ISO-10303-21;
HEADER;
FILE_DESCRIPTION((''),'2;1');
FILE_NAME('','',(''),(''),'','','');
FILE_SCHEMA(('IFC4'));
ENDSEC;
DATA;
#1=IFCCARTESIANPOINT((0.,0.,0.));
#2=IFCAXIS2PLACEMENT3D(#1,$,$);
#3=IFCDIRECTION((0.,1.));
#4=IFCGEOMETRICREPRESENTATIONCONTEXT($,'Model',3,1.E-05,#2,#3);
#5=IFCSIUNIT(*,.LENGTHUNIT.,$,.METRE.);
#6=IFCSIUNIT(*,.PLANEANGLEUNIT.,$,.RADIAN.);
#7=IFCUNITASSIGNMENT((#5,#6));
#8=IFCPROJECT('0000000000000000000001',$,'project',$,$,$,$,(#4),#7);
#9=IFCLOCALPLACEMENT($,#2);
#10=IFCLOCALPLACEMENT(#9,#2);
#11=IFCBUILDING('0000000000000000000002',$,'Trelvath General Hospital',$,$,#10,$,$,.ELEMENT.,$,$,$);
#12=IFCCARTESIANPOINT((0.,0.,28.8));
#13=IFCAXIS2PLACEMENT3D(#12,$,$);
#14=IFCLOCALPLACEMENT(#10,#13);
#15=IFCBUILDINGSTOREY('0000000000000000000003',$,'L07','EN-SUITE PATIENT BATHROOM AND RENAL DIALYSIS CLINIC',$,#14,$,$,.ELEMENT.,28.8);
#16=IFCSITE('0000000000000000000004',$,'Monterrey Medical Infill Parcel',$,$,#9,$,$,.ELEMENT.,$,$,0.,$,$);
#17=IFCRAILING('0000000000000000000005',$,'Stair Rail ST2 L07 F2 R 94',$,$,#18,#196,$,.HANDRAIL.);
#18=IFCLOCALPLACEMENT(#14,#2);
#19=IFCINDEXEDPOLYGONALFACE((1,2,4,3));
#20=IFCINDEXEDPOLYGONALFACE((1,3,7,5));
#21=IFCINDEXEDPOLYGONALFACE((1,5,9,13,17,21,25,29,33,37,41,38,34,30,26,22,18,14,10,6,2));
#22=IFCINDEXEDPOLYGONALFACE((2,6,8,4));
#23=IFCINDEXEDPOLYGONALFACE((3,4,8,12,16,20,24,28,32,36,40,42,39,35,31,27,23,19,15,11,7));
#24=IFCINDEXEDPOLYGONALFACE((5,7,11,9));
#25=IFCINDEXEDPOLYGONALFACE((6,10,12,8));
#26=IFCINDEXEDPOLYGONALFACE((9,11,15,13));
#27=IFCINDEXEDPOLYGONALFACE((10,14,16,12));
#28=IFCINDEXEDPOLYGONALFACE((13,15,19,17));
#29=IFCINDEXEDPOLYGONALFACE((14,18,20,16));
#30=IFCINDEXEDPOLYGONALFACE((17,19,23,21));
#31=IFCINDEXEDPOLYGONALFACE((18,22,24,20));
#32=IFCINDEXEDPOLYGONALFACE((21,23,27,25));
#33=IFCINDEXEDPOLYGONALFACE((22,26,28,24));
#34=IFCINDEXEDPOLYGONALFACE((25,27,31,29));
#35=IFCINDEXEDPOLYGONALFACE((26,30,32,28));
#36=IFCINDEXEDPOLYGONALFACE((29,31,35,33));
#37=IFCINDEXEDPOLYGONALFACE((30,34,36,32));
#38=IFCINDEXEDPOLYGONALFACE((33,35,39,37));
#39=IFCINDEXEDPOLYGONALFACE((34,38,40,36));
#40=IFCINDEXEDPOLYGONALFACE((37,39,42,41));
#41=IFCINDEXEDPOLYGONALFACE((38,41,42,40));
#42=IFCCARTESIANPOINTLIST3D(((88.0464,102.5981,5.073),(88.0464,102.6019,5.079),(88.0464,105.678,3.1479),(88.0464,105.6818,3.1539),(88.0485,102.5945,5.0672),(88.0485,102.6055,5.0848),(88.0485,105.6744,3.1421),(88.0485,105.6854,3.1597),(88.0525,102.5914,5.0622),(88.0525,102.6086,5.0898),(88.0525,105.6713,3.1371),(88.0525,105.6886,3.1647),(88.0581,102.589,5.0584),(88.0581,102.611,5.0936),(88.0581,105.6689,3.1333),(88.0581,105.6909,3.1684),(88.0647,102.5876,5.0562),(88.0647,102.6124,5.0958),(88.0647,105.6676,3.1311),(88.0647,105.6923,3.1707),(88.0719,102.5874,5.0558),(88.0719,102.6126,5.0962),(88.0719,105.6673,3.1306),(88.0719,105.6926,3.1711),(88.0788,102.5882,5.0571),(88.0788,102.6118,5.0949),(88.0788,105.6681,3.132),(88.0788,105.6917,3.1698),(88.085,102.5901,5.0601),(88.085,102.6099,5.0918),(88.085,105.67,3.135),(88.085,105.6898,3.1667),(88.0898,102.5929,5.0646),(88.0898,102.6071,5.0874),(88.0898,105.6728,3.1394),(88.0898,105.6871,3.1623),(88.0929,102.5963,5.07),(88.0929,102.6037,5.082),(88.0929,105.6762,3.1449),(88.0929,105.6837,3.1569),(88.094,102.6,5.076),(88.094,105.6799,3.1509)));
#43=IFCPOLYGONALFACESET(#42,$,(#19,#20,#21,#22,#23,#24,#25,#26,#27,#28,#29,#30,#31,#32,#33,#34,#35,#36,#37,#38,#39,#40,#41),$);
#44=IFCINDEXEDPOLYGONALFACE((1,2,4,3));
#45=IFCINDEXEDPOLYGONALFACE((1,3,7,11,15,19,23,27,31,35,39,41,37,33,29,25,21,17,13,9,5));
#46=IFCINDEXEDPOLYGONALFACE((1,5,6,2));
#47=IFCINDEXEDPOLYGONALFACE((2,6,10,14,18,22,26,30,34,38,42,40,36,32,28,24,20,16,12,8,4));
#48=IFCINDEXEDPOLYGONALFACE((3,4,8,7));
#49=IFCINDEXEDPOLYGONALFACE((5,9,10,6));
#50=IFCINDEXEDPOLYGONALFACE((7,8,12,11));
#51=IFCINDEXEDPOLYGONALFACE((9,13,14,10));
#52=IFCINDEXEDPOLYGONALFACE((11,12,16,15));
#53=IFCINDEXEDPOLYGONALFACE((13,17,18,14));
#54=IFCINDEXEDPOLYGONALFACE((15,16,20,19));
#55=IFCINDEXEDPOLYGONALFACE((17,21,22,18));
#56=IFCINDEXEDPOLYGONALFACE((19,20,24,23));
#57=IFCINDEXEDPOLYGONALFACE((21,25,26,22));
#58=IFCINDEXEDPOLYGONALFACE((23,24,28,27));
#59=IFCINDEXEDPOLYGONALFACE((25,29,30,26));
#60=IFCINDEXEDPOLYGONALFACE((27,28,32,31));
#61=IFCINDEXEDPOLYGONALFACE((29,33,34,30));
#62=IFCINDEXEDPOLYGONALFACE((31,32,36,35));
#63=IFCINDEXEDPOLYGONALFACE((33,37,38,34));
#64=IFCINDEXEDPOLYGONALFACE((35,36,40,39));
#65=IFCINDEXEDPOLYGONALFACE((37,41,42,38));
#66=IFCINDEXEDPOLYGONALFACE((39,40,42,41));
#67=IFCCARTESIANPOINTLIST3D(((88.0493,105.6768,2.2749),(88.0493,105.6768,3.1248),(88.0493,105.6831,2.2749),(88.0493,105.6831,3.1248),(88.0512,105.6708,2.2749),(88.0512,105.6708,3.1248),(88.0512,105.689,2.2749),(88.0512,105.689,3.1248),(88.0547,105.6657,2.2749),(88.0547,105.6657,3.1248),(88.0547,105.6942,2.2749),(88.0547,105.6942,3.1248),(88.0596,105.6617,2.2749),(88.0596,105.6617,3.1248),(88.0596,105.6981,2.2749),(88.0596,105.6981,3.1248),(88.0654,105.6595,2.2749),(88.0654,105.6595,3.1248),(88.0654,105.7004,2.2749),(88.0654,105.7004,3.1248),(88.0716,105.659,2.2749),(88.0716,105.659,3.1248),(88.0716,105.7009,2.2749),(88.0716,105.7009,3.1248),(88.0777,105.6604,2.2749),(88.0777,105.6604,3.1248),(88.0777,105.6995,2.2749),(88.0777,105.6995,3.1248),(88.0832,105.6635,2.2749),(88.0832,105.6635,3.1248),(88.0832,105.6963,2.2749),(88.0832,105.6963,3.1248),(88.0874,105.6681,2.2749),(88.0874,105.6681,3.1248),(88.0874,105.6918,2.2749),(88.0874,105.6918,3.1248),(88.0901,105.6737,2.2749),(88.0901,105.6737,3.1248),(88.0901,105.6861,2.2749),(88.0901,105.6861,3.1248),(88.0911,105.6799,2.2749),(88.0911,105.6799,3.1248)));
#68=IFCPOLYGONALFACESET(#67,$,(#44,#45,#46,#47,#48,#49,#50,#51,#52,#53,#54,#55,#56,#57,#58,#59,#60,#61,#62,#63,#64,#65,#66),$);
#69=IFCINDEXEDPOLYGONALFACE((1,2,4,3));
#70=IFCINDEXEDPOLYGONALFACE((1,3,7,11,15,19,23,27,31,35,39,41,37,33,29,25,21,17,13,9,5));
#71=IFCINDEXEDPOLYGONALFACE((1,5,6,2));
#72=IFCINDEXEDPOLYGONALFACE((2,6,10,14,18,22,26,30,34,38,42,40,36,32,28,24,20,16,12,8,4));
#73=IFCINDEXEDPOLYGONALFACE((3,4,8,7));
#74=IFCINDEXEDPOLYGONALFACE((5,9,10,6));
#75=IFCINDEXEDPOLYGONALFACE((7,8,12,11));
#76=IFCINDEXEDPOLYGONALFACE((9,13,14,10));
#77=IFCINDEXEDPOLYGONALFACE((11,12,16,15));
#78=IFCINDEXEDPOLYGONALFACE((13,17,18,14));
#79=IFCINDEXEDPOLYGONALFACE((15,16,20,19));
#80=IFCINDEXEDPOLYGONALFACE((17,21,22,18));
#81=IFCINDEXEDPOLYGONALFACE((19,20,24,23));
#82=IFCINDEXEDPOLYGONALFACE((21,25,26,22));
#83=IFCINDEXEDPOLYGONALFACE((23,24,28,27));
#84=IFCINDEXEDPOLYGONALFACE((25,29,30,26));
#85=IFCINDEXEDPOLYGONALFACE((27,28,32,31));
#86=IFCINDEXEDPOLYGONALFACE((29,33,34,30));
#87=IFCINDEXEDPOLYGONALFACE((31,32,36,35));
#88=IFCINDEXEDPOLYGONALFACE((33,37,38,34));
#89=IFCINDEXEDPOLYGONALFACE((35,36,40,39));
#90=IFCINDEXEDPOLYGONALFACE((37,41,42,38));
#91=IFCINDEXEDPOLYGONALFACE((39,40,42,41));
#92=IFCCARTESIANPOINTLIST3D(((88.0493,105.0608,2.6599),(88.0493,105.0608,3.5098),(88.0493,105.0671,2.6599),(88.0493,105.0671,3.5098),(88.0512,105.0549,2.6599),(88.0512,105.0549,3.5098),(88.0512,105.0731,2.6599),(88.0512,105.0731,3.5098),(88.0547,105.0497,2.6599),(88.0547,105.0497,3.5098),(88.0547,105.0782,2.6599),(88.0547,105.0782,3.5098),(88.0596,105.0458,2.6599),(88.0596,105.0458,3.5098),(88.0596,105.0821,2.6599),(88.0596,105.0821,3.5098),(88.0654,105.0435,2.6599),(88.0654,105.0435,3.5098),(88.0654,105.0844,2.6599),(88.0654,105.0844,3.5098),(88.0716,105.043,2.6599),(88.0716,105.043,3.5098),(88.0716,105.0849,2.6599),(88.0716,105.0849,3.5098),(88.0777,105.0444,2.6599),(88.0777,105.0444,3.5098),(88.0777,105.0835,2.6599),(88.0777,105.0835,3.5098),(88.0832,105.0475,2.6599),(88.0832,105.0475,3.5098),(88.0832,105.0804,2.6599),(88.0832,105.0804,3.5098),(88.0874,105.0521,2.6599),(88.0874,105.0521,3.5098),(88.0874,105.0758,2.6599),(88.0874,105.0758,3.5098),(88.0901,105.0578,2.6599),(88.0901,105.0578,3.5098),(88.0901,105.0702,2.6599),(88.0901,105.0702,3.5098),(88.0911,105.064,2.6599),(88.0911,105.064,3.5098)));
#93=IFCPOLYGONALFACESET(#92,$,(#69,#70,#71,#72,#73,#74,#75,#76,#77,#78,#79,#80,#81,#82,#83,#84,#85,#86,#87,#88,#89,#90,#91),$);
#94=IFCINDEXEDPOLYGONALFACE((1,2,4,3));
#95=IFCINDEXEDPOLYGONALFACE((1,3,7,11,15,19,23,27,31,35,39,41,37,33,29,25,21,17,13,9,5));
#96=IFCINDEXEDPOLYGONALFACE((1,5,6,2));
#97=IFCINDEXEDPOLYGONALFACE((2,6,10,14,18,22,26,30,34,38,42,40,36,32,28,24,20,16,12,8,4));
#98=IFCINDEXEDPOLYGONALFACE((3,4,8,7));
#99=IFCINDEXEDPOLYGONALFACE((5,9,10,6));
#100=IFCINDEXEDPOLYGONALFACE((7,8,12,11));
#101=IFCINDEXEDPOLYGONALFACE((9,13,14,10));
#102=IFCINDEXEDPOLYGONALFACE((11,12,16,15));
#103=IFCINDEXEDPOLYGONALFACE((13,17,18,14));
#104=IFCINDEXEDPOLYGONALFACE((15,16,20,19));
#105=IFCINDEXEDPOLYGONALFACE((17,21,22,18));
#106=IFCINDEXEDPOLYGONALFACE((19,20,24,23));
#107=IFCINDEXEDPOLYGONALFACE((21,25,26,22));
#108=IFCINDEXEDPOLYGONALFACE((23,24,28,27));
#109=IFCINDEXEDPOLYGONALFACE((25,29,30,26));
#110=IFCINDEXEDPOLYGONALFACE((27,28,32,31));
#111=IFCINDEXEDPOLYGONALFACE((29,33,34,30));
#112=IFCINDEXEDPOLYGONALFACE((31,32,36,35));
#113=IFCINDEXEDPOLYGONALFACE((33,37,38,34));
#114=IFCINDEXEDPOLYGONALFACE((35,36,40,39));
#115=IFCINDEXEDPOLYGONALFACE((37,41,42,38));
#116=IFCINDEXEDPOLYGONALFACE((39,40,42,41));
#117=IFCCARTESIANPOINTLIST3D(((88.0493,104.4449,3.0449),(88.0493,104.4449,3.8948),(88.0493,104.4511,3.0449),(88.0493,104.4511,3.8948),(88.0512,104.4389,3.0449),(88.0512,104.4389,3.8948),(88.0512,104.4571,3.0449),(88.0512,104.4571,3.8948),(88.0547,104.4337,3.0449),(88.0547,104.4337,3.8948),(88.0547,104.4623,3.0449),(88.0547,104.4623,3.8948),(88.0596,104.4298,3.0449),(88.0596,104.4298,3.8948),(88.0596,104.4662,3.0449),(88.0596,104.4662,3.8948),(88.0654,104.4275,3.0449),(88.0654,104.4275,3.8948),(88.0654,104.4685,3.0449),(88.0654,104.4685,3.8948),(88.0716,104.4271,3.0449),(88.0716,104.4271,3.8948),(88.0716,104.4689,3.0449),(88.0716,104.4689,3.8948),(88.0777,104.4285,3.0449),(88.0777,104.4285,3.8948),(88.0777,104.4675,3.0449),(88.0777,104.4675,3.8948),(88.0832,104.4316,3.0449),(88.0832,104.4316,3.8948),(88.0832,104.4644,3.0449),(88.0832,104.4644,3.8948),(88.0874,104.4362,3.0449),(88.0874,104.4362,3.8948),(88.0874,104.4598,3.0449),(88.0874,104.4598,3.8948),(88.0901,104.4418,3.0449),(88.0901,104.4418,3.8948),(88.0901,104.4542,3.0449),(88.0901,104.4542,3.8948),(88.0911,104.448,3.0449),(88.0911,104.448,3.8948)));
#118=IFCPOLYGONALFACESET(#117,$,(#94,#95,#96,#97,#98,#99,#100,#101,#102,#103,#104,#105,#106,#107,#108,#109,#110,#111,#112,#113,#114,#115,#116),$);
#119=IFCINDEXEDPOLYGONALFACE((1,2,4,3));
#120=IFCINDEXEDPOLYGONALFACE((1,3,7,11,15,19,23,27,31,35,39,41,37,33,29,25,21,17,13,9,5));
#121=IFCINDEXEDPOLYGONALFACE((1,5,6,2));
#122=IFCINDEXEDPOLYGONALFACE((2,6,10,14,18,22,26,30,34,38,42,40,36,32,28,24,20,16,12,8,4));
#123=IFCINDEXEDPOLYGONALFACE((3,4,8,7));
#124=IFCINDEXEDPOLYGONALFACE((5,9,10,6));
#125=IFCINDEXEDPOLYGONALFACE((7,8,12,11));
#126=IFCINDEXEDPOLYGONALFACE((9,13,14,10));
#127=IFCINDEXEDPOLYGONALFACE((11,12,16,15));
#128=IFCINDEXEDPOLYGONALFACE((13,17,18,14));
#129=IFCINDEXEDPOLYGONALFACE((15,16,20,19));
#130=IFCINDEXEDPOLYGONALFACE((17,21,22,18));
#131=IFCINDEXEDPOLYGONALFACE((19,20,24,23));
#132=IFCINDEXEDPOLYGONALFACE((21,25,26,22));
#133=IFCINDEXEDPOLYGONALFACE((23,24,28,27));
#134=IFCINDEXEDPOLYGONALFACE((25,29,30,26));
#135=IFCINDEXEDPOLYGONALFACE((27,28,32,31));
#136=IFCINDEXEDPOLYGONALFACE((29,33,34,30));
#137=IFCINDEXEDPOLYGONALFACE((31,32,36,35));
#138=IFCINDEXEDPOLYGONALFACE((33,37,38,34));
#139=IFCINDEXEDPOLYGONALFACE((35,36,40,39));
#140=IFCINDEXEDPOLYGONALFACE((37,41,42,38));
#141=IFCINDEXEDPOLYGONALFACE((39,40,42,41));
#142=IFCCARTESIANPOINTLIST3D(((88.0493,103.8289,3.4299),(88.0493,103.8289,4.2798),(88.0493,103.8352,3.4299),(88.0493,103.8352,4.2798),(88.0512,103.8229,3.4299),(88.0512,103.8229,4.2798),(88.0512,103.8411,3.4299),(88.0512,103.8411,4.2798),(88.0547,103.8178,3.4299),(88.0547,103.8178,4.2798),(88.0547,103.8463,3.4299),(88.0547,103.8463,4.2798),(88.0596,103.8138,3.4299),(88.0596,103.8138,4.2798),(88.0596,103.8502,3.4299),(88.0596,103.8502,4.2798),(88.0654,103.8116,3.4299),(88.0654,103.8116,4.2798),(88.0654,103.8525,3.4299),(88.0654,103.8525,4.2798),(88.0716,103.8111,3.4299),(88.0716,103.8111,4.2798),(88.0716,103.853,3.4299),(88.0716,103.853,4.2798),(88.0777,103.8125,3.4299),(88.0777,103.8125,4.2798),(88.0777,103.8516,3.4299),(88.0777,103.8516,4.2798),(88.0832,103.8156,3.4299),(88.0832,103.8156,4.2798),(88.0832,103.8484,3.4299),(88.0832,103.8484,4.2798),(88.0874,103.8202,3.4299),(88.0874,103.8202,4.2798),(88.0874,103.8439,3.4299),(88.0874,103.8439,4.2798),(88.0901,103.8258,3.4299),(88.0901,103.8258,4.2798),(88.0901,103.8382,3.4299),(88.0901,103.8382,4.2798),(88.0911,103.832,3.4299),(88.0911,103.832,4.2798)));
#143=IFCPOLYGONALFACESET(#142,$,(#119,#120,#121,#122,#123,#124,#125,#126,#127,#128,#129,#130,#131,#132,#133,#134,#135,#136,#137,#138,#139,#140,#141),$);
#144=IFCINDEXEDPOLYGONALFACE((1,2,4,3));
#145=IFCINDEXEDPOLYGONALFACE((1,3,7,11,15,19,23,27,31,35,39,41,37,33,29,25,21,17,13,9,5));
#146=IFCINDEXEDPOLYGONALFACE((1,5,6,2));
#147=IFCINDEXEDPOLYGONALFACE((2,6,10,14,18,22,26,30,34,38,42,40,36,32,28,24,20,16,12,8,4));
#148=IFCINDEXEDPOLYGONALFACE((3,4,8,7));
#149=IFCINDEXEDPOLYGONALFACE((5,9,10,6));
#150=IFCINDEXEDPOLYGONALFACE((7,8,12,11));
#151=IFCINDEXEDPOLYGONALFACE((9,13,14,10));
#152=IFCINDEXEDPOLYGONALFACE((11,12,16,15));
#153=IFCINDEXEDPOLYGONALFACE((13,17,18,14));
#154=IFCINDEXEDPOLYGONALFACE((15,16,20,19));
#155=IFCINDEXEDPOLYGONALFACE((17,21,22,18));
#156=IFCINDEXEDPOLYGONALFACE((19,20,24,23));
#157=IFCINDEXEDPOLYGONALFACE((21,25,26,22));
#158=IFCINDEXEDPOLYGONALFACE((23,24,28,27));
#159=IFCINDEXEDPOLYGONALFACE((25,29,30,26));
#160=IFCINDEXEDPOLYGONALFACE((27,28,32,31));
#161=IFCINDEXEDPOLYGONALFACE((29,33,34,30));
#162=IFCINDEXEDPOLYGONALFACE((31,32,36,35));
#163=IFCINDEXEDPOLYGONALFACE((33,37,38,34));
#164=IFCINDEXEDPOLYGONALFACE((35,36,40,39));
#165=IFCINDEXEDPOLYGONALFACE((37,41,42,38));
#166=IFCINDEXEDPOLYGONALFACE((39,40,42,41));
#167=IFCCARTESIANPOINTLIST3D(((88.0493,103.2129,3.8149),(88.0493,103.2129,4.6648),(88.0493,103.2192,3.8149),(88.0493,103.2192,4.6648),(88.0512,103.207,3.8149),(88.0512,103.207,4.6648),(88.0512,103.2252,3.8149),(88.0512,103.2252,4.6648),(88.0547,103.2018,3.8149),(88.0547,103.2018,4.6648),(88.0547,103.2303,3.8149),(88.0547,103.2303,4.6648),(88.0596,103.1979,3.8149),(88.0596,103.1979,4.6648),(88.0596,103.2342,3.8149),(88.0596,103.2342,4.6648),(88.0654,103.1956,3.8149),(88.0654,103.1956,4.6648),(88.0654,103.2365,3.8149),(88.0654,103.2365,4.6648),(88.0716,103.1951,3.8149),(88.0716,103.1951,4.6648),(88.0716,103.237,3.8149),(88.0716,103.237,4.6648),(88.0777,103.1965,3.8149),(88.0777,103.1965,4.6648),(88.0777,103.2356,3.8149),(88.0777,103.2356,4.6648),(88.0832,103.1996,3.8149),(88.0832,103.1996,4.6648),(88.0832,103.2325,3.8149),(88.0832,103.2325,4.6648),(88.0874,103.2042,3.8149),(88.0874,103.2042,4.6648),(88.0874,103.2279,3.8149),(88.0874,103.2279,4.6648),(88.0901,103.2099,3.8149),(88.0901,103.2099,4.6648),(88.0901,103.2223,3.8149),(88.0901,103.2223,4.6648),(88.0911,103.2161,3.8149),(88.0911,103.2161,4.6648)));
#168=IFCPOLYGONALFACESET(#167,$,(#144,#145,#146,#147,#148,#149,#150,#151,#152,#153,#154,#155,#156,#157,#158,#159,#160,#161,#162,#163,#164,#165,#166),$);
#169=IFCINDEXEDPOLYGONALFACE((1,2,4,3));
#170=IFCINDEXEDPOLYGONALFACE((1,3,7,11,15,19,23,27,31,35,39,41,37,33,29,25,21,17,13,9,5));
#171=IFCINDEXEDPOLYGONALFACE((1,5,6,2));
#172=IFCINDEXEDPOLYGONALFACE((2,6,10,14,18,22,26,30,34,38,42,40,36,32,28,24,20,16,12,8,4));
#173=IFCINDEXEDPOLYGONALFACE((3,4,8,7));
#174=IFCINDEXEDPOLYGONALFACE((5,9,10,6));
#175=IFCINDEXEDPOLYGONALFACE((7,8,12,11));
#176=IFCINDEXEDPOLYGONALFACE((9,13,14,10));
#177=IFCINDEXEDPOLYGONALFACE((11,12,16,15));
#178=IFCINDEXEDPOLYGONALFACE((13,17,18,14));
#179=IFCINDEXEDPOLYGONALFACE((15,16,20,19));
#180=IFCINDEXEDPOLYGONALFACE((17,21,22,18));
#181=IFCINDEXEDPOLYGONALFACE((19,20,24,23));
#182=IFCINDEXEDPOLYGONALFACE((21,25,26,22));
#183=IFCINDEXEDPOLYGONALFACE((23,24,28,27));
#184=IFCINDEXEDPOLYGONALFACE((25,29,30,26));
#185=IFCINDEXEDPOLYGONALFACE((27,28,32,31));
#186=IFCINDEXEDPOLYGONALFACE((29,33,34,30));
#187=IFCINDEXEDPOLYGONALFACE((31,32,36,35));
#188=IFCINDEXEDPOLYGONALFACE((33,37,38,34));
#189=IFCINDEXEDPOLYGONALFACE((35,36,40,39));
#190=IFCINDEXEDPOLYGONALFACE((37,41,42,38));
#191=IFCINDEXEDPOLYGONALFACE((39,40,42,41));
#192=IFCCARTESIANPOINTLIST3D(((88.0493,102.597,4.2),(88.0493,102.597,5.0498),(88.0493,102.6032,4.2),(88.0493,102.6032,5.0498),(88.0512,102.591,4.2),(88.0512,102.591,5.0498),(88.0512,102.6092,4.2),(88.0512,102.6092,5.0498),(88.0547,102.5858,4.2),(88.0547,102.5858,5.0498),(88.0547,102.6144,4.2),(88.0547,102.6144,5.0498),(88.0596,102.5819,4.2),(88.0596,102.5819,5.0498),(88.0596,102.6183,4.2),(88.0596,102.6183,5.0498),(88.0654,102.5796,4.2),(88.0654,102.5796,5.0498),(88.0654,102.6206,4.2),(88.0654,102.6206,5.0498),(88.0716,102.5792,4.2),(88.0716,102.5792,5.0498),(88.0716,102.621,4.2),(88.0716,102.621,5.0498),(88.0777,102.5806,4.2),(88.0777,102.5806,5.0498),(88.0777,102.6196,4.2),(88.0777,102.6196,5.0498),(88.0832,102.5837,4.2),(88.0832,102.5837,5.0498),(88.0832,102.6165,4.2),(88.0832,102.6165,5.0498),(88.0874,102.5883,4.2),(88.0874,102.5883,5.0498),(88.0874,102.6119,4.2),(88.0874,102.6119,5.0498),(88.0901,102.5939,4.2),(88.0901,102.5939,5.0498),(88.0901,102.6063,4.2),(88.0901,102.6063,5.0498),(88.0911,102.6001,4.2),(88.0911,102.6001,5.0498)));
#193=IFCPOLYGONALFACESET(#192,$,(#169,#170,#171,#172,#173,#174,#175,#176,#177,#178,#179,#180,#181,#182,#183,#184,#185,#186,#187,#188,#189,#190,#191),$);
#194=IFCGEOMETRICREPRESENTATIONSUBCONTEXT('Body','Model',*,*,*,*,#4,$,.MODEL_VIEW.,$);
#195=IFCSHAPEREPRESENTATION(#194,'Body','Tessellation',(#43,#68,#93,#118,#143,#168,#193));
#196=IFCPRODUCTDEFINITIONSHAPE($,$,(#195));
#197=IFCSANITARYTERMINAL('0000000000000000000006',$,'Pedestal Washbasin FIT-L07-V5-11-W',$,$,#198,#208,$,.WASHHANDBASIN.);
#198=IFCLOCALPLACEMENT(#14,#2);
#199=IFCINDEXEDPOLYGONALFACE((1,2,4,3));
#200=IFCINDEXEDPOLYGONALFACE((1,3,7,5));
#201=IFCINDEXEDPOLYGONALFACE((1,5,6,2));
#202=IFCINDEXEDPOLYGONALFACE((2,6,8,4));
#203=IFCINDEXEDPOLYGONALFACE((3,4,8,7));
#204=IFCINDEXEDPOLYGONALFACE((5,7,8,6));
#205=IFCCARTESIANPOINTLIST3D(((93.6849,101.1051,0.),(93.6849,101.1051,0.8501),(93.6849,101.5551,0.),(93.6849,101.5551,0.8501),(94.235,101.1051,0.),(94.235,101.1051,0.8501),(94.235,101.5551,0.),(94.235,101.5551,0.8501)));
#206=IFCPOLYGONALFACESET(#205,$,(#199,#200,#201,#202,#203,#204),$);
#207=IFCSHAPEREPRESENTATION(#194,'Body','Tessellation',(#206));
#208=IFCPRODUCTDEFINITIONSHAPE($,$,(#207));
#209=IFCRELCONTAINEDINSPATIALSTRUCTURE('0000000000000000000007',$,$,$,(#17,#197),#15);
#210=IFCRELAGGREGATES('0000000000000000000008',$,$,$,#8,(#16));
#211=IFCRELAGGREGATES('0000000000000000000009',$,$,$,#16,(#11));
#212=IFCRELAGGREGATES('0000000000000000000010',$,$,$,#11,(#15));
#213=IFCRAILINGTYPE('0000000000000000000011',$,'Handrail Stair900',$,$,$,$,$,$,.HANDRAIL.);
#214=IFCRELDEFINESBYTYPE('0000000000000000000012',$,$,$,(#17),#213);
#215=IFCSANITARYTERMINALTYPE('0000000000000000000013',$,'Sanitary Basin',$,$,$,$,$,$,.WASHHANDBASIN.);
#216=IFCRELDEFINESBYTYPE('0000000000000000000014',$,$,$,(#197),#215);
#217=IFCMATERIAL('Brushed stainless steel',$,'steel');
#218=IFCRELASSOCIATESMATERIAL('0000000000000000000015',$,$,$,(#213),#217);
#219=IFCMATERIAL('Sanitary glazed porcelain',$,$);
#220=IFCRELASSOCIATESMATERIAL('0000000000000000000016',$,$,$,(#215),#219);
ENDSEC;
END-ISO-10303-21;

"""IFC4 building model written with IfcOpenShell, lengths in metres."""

from ifc_helpers import new_model, si_unit, direction, frame, origin, origin_2d, place, context, subcontext, project, spatial, rectangle, circle, extrude, material, type_object, element, save


model = new_model("IFC4")

# Units and contexts
model_context = context("Model", 3, precision=1e-05, world=origin(), true_north=direction((0.0, 1.0)))
body_context = subcontext(model_context, "Body", "Model", "MODEL_VIEW")
ifc_project = project(units=[si_unit("LENGTHUNIT", "METRE"), si_unit("PLANEANGLEUNIT", "RADIAN")], contexts=[model_context])

# Site, building, storey
site_placement = place(None, origin())
site = spatial("IfcSite", under=ifc_project, at=site_placement, Name="Monterrey Medical Infill Parcel", CompositionType="ELEMENT", RefElevation=0.0)
building_placement = place(site_placement, origin())
building = spatial("IfcBuilding", under=site, at=building_placement, Name="Trelvath General Hospital", CompositionType="ELEMENT")
storey_placement = place(building_placement, frame((0.0, 0.0, 28.8)))
storey = spatial("IfcBuildingStorey", under=building, at=storey_placement, Name="L07", Description="EN-SUITE PATIENT BATHROOM AND RENAL DIALYSIS CLINIC", CompositionType="ELEMENT", Elevation=28.8)

# Railing
ifc_material_1 = material(Name="Brushed stainless steel", Category="steel")
railing_type_1 = type_object("IfcRailingType", Name="Handrail Stair900", PredefinedType="HANDRAIL", material=ifc_material_1)
railing_1_placement = place(storey_placement, frame((88.0701, 105.6799, 2.2749)))
element("IfcRailing", 1, at=railing_1_placement, inside=storey, type_object=railing_type_1, Name="Stair Rail ST2 L07 F2 R 94", PredefinedType="HANDRAIL", context=body_context, shape_type="SweptSolid", body=[
    extrude(circle(Radius=0.0239, at=origin_2d()), frame((0.0, 0.0, 0.876), z_axis=(0.0, -0.847979, 0.530029), x_axis=(1.0, 0.0, 0.0)), (0.0, 0.0, 1.0), 3.6321),
    extrude(circle(Radius=0.021, at=origin_2d()), origin(), (0.0, 0.0, 1.0), 0.8499),
    extrude(circle(Radius=0.021, at=origin_2d()), frame((0.0, -0.616, 0.385)), (0.0, 0.0, 1.0), 0.8499),
    extrude(circle(Radius=0.021, at=origin_2d()), frame((0.0, -1.2319, 0.77)), (0.0, 0.0, 1.0), 0.8499),
    extrude(circle(Radius=0.021, at=origin_2d()), frame((0.0, -1.8479, 1.155)), (0.0, 0.0, 1.0), 0.8499),
    extrude(circle(Radius=0.021, at=origin_2d()), frame((0.0, -2.4639, 1.54)), (0.0, 0.0, 1.0), 0.8499),
    extrude(circle(Radius=0.021, at=origin_2d()), frame((0.0, -3.0798, 1.925)), (0.0, 0.0, 1.0), 0.8499),
])

# Sanitary terminal
ifc_material_2 = material(Name="Sanitary glazed porcelain")
sanitary_terminal_type_1 = type_object("IfcSanitaryTerminalType", Name="Sanitary Basin", PredefinedType="WASHHANDBASIN", material=ifc_material_2)
sanitary_terminal_1_placement = place(storey_placement, frame((93.96, 101.3301, 0.0), z_axis=(0.0, 0.0, 1.0), x_axis=(1.0, 0.0, 0.0)))
element("IfcSanitaryTerminal", 2, at=sanitary_terminal_1_placement, inside=storey, type_object=sanitary_terminal_type_1, Name="Pedestal Washbasin FIT-L07-V5-11-W", PredefinedType="WASHHANDBASIN", context=body_context, shape_type="SweptSolid", body=[
    extrude(rectangle(XDim=0.55, YDim=0.45, at=origin_2d()), origin(), (0.0, 0.0, 1.0), 0.8501),
])

save(model, "model.ifc")
